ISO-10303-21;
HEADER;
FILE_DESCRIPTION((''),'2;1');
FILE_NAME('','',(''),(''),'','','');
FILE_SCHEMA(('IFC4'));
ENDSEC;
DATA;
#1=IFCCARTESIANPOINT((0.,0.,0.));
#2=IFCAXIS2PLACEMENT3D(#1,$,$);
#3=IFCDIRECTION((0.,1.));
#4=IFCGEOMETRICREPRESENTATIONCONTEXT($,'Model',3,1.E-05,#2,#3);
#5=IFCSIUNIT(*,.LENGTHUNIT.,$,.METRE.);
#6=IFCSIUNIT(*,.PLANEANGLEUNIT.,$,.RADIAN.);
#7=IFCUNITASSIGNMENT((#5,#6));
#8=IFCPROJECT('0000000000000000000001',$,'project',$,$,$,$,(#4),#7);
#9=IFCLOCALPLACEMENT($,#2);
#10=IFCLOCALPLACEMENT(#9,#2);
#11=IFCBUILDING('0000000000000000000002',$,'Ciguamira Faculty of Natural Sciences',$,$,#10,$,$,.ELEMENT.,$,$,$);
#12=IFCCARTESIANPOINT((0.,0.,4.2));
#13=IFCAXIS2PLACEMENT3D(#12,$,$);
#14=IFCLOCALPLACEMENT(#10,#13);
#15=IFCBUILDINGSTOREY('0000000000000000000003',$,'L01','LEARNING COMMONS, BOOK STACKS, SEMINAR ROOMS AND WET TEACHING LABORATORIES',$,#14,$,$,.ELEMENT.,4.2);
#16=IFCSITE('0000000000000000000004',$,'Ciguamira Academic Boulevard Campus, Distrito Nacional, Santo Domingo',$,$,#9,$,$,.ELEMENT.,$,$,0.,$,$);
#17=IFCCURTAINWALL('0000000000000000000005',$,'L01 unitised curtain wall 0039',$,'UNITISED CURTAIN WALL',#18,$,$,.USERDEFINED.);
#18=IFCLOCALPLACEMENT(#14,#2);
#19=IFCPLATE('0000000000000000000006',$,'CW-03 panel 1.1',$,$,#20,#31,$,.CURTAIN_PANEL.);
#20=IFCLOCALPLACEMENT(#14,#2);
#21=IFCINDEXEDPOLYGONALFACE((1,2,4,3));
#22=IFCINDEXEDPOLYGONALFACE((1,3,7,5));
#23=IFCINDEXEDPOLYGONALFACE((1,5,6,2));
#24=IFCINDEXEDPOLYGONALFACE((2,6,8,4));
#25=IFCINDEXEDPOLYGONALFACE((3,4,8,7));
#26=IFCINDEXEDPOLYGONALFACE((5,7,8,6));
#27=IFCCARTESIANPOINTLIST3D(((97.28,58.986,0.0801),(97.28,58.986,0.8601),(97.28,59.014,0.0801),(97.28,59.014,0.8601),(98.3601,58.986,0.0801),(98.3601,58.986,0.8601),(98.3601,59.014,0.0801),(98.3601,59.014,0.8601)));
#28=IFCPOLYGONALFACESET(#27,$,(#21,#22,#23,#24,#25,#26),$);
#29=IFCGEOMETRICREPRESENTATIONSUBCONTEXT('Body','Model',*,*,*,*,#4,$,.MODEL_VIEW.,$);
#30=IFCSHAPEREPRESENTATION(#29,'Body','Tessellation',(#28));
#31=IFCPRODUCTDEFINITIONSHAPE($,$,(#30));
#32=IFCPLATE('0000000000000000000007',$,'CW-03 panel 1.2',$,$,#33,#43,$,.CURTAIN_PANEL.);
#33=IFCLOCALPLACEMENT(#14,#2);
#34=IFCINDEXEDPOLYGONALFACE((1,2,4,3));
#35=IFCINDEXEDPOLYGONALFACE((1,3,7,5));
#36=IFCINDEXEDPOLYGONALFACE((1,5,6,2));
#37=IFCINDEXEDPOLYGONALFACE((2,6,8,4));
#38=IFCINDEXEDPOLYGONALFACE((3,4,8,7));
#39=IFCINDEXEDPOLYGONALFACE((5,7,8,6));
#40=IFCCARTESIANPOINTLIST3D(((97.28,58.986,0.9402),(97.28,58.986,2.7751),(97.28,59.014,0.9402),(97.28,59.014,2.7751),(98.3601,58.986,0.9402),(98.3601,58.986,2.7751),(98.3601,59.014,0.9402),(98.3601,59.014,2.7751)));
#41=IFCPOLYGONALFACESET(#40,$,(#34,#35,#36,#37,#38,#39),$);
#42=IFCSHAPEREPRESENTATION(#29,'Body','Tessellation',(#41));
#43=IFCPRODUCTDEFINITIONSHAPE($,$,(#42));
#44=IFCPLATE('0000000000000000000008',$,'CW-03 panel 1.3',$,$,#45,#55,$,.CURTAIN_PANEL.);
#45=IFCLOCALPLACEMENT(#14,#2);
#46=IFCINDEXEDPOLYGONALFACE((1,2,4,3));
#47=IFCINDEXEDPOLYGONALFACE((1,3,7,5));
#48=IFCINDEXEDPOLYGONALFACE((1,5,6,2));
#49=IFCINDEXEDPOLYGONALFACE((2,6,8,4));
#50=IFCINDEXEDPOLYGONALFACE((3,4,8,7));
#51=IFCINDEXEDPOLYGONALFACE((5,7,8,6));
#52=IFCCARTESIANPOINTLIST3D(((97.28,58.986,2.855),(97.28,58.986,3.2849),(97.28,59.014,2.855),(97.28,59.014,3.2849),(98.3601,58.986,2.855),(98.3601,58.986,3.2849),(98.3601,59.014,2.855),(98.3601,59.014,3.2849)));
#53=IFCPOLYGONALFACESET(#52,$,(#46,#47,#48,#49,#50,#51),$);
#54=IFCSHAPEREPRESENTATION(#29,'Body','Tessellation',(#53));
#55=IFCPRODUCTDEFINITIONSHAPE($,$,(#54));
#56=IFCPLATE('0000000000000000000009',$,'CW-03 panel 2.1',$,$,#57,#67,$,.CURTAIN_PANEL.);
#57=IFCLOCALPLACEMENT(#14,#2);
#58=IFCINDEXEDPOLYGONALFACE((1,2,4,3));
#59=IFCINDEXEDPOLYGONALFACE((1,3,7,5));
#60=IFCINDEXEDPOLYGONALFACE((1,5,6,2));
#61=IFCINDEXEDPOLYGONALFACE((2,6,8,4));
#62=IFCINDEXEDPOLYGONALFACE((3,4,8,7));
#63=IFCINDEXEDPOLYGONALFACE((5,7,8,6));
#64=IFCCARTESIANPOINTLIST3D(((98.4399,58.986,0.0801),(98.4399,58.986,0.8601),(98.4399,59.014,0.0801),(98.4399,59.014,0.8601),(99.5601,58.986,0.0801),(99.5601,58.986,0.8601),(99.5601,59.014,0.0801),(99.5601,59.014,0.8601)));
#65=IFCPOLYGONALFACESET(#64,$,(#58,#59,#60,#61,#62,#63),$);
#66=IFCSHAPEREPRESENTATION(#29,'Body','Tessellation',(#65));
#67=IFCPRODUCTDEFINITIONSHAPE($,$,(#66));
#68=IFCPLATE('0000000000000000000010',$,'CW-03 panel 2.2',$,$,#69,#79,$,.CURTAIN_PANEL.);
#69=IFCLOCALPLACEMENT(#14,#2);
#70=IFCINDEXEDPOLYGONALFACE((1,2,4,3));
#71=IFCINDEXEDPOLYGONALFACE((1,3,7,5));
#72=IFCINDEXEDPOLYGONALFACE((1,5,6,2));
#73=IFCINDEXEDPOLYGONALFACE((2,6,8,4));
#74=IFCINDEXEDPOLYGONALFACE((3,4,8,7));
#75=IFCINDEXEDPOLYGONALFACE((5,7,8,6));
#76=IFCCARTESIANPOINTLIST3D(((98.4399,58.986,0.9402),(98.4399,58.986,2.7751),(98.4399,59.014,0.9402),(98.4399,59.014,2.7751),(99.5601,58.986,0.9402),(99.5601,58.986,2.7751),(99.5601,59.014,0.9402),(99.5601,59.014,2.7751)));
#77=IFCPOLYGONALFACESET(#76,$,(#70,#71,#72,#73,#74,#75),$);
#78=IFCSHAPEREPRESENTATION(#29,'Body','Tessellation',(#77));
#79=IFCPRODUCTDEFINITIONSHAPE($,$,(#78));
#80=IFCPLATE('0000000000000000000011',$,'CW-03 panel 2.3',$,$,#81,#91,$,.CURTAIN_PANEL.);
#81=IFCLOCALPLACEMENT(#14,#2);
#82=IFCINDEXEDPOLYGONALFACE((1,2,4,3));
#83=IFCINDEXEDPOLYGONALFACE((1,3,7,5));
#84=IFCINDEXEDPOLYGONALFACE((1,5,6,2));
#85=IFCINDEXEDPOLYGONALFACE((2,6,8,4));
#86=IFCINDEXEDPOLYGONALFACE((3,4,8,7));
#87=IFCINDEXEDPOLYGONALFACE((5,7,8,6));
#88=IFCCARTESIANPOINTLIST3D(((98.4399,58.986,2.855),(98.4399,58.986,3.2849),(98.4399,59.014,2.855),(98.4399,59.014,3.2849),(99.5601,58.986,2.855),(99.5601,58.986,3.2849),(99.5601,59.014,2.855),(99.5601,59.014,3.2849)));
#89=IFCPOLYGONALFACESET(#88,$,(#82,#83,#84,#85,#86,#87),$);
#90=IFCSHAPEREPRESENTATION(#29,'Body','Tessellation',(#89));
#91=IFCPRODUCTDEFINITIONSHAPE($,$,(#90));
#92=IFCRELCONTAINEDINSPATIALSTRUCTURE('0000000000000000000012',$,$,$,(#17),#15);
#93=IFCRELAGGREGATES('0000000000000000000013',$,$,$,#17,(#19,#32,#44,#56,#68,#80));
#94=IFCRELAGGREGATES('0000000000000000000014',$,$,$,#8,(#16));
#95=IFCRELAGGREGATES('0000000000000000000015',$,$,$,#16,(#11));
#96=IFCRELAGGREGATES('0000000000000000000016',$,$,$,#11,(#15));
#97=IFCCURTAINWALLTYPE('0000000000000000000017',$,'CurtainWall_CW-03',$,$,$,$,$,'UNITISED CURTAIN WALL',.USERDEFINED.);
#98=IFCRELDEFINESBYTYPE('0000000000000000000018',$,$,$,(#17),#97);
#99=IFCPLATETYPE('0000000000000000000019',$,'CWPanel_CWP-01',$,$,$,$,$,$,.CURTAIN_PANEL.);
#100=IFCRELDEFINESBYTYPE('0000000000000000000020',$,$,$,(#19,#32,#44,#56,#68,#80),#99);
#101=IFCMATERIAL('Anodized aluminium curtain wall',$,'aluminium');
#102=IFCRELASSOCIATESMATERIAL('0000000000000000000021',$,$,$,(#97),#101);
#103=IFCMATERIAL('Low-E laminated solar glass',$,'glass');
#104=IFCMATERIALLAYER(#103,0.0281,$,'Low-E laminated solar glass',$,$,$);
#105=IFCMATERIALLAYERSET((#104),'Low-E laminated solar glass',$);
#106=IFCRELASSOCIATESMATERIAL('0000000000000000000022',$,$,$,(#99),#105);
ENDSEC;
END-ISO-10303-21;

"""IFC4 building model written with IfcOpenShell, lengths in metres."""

from ifc_helpers import new_model, si_unit, direction, frame, origin, origin_2d, place, context, subcontext, project, spatial, rectangle, extrude, material, layer, layer_set, type_object, element, aggregate, save


model = new_model("IFC4")

# Units and contexts
model_context = context("Model", 3, precision=1e-05, world=origin(), true_north=direction((0.0, 1.0)))
body_context = subcontext(model_context, "Body", "Model", "MODEL_VIEW")
ifc_project = project(units=[si_unit("LENGTHUNIT", "METRE"), si_unit("PLANEANGLEUNIT", "RADIAN")], contexts=[model_context])

# Site, building, storey
site_placement = place(None, origin())
site = spatial("IfcSite", under=ifc_project, at=site_placement, Name="Ciguamira Academic Boulevard Campus, Distrito Nacional, Santo Domingo", CompositionType="ELEMENT", RefElevation=0.0)
building_placement = place(site_placement, origin())
building = spatial("IfcBuilding", under=site, at=building_placement, Name="Ciguamira Faculty of Natural Sciences", CompositionType="ELEMENT")
storey_placement = place(building_placement, frame((0.0, 0.0, 4.2)))
storey = spatial("IfcBuildingStorey", under=building, at=storey_placement, Name="L01", Description="LEARNING COMMONS, BOOK STACKS, SEMINAR ROOMS AND WET TEACHING LABORATORIES", CompositionType="ELEMENT", Elevation=4.2)

# Curtain wall, plates
ifc_material_1 = material(Name="Anodized aluminium curtain wall", Category="aluminium")
curtain_wall_type = type_object("IfcCurtainWallType", Name="CurtainWall_CW-03", ElementType="UNITISED CURTAIN WALL", PredefinedType="USERDEFINED", material=ifc_material_1)
curtain_wall_placement = place(storey_placement, origin())
curtain_wall = element("IfcCurtainWall", 1, at=curtain_wall_placement, inside=storey, type_object=curtain_wall_type, Name="L01 unitised curtain wall 0039", ObjectType="UNITISED CURTAIN WALL", PredefinedType="USERDEFINED")
ifc_material_2 = material(Name="Low-E laminated solar glass", Category="glass")
ifc_layer = layer(ifc_material_2, 0.0281, Name="Low-E laminated solar glass")
ifc_layer_set = layer_set([ifc_layer], Name="Low-E laminated solar glass")
plate_type = type_object("IfcPlateType", Name="CWPanel_CWP-01", PredefinedType="CURTAIN_PANEL", material=ifc_layer_set)
plate_1_placement = place(storey_placement, frame((97.8201, 59.0, 0.0801), z_axis=(0.0, 0.0, 1.0), x_axis=(1.0, 0.0, 0.0)))
plate_1 = element("IfcPlate", 2, at=plate_1_placement, type_object=plate_type, Name="CW-03 panel 1.1", PredefinedType="CURTAIN_PANEL", context=body_context, shape_type="SweptSolid", body=[
    extrude(rectangle(XDim=1.0801, YDim=0.0281, at=origin_2d()), origin(), (0.0, 0.0, 1.0), 0.78),
])
plate_2_placement = place(storey_placement, frame((97.8201, 59.0, 0.9402), z_axis=(0.0, 0.0, 1.0), x_axis=(1.0, 0.0, 0.0)))
plate_2 = element("IfcPlate", 3, at=plate_2_placement, type_object=plate_type, Name="CW-03 panel 1.2", PredefinedType="CURTAIN_PANEL", context=body_context, shape_type="SweptSolid", body=[
    extrude(rectangle(XDim=1.0801, YDim=0.0281, at=origin_2d()), origin(), (0.0, 0.0, 1.0), 1.835),
])
plate_3_placement = place(storey_placement, frame((97.8201, 59.0, 2.855), z_axis=(0.0, 0.0, 1.0), x_axis=(1.0, 0.0, 0.0)))
plate_3 = element("IfcPlate", 4, at=plate_3_placement, type_object=plate_type, Name="CW-03 panel 1.3", PredefinedType="CURTAIN_PANEL", context=body_context, shape_type="SweptSolid", body=[
    extrude(rectangle(XDim=1.0801, YDim=0.0281, at=origin_2d()), origin(), (0.0, 0.0, 1.0), 0.4299),
])
plate_4_placement = place(storey_placement, frame((99.0, 59.0, 0.0801), z_axis=(0.0, 0.0, 1.0), x_axis=(1.0, 0.0, 0.0)))
plate_4 = element("IfcPlate", 5, at=plate_4_placement, type_object=plate_type, Name="CW-03 panel 2.1", PredefinedType="CURTAIN_PANEL", context=body_context, shape_type="SweptSolid", body=[
    extrude(rectangle(XDim=1.1201, YDim=0.0281, at=origin_2d()), origin(), (0.0, 0.0, 1.0), 0.78),
])
plate_5_placement = place(storey_placement, frame((99.0, 59.0, 0.9402), z_axis=(0.0, 0.0, 1.0), x_axis=(1.0, 0.0, 0.0)))
plate_5 = element("IfcPlate", 6, at=plate_5_placement, type_object=plate_type, Name="CW-03 panel 2.2", PredefinedType="CURTAIN_PANEL", context=body_context, shape_type="SweptSolid", body=[
    extrude(rectangle(XDim=1.1201, YDim=0.0281, at=origin_2d()), origin(), (0.0, 0.0, 1.0), 1.835),
])
plate_6_placement = place(storey_placement, frame((99.0, 59.0, 2.855), z_axis=(0.0, 0.0, 1.0), x_axis=(1.0, 0.0, 0.0)))
plate_6 = element("IfcPlate", 7, at=plate_6_placement, type_object=plate_type, Name="CW-03 panel 2.3", PredefinedType="CURTAIN_PANEL", context=body_context, shape_type="SweptSolid", body=[
    extrude(rectangle(XDim=1.1201, YDim=0.0281, at=origin_2d()), origin(), (0.0, 0.0, 1.0), 0.4299),
])
aggregate(curtain_wall, [plate_1, plate_2, plate_3, plate_4, plate_5, plate_6])

save(model, "model.ifc")
